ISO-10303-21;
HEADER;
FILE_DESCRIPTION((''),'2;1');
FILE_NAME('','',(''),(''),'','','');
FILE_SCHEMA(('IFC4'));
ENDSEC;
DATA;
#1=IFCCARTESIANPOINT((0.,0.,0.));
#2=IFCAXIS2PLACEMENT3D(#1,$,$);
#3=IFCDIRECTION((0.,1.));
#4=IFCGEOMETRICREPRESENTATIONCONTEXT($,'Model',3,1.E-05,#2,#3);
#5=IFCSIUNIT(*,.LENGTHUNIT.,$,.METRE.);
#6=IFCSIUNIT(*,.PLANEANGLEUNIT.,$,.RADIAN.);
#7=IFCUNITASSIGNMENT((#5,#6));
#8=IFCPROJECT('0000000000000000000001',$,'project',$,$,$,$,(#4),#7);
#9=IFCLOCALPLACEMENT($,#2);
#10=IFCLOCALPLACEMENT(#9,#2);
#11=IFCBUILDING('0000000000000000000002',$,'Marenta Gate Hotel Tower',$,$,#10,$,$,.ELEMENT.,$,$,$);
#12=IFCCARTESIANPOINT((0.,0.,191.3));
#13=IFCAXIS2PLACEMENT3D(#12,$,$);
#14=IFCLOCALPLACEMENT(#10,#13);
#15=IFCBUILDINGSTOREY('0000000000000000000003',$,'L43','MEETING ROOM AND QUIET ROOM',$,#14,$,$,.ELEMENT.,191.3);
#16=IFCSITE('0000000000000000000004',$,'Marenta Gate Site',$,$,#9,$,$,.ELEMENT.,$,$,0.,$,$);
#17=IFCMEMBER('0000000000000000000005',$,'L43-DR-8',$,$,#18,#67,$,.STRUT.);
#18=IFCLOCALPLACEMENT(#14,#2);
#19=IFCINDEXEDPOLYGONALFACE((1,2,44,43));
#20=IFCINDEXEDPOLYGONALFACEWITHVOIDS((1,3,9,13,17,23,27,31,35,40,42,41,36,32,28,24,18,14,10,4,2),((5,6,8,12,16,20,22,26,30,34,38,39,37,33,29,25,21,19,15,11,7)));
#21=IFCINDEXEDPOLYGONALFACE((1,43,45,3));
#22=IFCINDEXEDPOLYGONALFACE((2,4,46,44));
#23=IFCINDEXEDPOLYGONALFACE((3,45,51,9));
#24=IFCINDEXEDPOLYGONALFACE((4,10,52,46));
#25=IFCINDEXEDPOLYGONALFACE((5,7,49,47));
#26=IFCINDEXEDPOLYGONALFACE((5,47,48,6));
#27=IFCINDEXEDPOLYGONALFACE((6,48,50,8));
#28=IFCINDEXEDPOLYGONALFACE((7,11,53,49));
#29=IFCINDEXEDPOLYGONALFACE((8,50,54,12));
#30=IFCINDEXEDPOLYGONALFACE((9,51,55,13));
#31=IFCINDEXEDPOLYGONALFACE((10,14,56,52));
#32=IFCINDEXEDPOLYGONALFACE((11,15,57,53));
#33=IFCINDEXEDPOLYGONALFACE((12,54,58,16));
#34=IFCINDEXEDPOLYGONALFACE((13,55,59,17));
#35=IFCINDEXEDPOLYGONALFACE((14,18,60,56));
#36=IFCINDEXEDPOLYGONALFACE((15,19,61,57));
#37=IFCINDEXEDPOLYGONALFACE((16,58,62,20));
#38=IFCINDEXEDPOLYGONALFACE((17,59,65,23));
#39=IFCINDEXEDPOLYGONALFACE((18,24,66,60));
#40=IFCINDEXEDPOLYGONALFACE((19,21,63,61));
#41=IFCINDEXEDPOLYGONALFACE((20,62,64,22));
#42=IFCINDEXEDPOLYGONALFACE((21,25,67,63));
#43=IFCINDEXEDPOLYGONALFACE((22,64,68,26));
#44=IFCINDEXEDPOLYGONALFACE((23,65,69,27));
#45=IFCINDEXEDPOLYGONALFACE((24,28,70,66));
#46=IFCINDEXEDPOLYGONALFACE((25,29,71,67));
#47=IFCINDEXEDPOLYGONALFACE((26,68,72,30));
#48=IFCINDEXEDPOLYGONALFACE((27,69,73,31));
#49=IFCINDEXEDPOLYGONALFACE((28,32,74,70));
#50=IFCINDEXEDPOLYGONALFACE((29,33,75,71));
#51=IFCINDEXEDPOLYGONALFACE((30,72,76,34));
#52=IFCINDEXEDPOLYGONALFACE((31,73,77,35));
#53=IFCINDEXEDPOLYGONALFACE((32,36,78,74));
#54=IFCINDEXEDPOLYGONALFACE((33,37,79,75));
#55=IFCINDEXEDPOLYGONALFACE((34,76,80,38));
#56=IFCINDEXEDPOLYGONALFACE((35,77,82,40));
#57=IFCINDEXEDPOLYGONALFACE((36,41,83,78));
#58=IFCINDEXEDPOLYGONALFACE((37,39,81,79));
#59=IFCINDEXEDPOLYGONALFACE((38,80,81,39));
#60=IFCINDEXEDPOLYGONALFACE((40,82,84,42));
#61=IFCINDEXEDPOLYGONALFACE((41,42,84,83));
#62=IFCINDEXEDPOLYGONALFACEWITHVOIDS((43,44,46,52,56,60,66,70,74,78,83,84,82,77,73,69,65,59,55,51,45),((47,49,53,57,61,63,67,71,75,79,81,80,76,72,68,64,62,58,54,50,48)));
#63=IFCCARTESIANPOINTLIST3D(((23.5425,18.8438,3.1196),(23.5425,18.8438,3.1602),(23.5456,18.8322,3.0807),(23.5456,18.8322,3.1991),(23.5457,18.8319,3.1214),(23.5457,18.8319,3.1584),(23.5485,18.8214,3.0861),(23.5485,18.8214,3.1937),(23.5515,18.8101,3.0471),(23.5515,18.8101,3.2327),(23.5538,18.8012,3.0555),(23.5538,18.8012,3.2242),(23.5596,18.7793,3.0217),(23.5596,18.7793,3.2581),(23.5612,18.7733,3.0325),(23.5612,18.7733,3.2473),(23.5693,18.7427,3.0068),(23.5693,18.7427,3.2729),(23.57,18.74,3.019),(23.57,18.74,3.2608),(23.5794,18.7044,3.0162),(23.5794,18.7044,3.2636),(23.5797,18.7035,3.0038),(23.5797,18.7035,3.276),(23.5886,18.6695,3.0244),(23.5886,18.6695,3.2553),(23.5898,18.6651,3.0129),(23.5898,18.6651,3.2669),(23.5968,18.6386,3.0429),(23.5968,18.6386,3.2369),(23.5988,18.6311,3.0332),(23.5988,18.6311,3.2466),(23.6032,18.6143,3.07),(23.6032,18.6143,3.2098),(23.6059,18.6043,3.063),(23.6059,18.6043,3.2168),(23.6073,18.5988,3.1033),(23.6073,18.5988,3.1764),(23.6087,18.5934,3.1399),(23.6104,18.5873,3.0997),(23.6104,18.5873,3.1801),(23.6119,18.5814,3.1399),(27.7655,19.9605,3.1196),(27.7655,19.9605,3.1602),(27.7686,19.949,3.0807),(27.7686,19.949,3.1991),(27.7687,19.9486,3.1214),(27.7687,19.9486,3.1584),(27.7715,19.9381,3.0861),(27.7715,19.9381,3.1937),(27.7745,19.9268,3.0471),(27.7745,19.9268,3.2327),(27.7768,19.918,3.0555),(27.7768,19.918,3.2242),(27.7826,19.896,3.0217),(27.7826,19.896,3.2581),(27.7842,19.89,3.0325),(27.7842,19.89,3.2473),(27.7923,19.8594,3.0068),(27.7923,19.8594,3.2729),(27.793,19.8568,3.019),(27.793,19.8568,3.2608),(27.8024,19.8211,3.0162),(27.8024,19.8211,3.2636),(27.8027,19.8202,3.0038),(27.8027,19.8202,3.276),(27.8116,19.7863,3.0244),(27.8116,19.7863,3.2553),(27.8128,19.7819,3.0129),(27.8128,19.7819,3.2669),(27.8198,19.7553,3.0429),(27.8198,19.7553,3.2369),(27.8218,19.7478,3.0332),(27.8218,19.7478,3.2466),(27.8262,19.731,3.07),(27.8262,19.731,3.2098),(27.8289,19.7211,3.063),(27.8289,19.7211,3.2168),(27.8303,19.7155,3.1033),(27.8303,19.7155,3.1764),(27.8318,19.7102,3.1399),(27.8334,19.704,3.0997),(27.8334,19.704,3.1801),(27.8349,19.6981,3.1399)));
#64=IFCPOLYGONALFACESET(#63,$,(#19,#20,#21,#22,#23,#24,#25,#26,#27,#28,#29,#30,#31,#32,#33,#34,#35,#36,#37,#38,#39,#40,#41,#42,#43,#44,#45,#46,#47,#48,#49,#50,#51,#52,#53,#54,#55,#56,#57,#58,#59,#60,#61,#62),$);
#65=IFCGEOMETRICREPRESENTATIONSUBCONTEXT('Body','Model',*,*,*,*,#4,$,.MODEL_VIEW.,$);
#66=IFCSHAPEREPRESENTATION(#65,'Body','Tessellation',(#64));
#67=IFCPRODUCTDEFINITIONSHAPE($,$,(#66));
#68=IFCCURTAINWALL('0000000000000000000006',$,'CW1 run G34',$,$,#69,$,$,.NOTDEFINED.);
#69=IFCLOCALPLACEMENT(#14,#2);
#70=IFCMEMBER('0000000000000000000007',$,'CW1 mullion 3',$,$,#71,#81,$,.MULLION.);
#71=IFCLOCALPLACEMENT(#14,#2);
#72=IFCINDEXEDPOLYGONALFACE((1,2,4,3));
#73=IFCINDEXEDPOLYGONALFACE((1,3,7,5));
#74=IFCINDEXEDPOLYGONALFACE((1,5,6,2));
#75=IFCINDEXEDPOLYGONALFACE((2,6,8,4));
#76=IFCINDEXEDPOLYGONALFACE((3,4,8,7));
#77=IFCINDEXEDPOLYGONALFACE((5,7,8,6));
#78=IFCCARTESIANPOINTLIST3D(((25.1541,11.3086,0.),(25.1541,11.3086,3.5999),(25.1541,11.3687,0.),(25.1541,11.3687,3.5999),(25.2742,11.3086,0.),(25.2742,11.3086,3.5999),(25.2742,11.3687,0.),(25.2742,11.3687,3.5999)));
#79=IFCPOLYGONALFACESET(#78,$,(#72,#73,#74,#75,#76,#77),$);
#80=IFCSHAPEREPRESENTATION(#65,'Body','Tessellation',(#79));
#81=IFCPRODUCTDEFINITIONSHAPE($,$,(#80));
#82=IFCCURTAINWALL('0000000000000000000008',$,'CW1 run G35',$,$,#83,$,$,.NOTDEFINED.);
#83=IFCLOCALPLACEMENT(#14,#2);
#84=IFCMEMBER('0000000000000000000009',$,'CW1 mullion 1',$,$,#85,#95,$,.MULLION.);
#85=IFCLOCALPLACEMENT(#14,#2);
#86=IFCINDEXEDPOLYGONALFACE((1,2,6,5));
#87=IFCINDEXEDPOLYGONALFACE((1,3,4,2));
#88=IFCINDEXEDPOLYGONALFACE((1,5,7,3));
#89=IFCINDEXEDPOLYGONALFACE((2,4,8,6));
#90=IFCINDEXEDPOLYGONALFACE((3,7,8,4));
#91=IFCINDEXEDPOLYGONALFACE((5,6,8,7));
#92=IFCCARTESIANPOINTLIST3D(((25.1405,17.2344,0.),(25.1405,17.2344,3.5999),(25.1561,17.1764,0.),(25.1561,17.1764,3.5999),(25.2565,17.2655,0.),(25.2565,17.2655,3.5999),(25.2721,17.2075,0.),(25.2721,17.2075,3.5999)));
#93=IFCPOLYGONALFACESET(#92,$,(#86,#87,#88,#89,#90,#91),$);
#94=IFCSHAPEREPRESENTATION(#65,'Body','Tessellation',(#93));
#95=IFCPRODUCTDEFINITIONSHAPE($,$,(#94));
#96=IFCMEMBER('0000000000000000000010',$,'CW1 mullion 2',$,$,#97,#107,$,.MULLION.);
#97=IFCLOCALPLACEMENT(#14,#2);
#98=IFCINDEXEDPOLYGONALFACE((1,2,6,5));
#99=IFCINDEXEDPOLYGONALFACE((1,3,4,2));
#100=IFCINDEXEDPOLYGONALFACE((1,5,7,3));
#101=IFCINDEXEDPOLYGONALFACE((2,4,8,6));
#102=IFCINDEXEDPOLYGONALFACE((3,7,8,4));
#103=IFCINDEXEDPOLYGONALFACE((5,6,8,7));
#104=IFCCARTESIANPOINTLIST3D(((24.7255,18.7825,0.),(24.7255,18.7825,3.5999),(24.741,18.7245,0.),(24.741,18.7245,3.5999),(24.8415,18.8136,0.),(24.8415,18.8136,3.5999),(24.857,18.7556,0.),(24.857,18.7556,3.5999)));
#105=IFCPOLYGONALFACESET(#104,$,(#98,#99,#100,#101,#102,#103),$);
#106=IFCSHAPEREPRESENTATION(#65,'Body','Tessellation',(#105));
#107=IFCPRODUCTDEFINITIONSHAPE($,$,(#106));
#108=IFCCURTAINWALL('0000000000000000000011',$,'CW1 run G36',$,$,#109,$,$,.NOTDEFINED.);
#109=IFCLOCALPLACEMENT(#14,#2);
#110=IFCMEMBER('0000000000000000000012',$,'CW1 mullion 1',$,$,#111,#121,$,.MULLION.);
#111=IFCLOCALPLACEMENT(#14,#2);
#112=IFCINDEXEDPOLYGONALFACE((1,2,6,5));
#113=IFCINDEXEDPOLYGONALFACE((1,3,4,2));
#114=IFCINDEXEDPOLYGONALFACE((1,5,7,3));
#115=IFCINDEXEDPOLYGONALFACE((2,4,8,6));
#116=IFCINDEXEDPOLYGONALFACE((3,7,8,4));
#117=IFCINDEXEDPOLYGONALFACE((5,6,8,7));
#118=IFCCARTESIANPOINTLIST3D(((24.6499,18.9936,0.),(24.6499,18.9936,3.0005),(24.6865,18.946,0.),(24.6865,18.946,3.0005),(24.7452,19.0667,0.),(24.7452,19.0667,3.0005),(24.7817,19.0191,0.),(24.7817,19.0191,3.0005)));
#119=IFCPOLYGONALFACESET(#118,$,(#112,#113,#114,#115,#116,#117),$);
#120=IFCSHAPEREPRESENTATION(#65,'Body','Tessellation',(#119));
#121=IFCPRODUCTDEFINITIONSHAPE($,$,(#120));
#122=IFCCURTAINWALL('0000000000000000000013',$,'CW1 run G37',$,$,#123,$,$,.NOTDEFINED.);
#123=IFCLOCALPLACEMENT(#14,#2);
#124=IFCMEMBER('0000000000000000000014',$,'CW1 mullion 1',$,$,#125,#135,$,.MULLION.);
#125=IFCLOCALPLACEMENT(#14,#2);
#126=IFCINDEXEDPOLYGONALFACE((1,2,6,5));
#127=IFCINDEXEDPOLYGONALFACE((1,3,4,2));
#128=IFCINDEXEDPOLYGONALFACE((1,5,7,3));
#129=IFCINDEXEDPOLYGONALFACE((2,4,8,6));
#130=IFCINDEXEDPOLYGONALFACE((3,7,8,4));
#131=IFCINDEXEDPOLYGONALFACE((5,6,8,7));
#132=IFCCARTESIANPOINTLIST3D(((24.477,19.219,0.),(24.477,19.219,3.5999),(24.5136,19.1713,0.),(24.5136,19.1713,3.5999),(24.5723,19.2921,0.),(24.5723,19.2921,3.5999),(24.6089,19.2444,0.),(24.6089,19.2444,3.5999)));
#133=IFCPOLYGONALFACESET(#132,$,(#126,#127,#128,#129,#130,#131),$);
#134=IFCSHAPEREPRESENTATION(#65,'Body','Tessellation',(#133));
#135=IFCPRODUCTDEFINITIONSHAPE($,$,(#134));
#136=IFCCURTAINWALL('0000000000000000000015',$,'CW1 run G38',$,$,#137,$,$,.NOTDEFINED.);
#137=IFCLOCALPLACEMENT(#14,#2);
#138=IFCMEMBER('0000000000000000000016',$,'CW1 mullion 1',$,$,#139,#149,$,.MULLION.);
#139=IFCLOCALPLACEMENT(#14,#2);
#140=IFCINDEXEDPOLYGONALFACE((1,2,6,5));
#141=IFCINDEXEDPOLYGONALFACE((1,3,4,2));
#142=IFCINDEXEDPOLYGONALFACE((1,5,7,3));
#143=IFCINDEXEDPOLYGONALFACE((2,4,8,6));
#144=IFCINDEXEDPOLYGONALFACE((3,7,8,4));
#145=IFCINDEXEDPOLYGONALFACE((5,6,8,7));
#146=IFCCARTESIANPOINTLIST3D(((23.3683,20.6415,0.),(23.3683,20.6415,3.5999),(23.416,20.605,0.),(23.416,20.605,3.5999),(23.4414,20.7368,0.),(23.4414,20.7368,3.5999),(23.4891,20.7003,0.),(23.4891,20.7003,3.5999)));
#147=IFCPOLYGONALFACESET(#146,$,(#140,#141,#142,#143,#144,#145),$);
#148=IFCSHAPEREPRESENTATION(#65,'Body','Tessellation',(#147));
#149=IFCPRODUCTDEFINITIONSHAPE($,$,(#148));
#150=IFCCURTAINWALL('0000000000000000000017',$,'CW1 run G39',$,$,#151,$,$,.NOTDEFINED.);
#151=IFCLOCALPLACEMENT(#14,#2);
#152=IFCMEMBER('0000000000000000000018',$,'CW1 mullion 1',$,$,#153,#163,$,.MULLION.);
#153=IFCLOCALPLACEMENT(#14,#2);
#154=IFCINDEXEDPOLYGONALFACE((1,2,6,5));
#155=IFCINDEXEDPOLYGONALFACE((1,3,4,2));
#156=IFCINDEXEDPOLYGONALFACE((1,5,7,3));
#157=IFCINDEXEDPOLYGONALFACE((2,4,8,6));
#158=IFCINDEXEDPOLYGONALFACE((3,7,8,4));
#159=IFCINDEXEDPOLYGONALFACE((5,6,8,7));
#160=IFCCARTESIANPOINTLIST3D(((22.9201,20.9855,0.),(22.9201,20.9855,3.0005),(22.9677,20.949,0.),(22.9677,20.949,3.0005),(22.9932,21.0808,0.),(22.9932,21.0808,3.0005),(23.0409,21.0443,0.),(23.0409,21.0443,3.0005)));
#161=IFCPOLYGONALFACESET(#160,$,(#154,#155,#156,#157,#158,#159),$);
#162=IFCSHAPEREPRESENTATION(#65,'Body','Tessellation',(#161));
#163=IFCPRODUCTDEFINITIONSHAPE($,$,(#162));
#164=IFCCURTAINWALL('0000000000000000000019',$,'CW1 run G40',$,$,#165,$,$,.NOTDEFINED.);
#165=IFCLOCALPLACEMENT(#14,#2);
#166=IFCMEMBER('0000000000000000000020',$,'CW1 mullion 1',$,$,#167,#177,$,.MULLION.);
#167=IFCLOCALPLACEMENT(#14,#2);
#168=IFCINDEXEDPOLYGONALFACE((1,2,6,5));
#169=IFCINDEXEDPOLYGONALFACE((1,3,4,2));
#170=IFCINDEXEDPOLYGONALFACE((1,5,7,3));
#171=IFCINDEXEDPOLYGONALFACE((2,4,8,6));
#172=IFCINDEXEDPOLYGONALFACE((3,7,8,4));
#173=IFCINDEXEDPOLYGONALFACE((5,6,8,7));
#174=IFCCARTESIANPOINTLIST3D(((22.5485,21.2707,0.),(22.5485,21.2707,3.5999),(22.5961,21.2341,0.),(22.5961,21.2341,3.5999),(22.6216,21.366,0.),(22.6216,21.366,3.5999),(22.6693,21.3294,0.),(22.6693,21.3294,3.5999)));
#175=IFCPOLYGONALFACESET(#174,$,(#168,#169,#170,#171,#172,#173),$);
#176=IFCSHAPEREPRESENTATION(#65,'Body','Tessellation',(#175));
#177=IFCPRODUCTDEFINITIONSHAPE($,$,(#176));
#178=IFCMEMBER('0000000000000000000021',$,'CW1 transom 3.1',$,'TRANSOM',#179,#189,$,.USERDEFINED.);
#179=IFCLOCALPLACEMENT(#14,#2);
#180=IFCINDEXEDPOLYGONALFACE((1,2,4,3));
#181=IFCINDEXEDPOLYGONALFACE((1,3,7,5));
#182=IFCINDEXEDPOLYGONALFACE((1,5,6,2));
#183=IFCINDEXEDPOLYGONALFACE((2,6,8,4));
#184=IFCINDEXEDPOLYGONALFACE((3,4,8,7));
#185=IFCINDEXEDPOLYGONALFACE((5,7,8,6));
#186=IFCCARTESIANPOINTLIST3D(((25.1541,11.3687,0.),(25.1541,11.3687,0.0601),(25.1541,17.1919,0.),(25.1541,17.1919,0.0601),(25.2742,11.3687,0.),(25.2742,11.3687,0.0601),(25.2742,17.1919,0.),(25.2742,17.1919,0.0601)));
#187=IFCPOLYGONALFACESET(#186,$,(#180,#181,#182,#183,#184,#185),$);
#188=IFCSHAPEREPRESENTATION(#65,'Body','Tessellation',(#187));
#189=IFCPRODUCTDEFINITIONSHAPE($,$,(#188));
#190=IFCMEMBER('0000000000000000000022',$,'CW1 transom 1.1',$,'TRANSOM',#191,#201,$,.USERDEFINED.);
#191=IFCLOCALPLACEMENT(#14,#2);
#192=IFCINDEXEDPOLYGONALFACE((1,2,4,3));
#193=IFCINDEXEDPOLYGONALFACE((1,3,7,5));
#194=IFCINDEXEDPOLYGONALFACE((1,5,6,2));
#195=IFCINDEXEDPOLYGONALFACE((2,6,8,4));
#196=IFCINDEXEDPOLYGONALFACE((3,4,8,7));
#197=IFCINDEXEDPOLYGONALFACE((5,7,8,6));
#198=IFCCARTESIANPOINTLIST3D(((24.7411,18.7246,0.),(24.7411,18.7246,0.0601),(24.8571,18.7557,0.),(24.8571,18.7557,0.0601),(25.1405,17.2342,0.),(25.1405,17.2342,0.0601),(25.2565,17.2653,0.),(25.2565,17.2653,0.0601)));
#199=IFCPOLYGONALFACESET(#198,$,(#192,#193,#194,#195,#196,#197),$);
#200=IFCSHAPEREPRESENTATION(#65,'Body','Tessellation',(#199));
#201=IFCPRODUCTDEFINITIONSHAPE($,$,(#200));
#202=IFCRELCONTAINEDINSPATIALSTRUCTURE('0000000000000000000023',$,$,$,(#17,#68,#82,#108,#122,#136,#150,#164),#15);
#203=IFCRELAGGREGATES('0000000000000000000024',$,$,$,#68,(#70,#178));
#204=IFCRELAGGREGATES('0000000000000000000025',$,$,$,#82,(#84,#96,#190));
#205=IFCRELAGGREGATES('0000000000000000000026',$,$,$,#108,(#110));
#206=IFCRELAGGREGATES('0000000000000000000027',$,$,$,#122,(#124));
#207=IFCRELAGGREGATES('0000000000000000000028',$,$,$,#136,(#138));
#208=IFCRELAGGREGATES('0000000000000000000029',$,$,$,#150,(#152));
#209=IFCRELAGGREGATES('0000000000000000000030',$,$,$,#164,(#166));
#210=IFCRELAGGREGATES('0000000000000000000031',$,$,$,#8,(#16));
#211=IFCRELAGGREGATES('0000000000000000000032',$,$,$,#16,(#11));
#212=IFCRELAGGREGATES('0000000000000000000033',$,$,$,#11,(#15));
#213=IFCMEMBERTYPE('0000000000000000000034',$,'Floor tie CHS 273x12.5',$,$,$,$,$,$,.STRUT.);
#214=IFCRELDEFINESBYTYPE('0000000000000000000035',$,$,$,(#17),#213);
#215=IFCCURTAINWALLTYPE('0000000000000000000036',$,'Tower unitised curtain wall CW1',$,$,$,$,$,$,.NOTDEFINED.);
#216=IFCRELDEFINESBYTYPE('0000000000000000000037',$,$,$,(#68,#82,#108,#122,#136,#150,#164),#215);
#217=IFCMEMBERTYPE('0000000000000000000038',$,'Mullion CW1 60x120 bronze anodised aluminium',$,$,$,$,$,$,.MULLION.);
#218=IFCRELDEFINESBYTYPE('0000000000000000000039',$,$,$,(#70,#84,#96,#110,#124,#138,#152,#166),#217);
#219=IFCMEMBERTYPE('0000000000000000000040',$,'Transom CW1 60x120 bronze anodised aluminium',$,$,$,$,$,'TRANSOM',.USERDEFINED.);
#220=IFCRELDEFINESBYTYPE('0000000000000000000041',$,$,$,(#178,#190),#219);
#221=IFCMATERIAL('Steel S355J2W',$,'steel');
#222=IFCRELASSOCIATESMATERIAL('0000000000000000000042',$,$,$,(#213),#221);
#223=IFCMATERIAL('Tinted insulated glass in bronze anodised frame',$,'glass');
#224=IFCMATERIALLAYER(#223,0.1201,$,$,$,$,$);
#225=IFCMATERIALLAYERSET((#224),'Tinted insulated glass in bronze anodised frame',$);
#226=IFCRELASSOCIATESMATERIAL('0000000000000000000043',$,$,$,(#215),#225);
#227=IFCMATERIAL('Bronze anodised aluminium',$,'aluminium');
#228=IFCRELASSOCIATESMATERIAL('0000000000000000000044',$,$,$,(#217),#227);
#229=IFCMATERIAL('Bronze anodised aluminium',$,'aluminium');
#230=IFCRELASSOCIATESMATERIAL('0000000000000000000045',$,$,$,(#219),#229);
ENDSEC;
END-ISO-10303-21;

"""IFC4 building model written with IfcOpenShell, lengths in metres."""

from ifc_helpers import new_model, si_unit, direction, frame, origin, origin_2d, place, context, subcontext, project, spatial, rectangle, hollow_circle, extrude, material, layer, layer_set, material_profile, profile_set, type_object, element, aggregate, save


model = new_model("IFC4")

# Units and contexts
model_context = context("Model", 3, precision=1e-05, world=origin(), true_north=direction((0.0, 1.0)))
body_context = subcontext(model_context, "Body", "Model", "MODEL_VIEW")
ifc_project = project(units=[si_unit("LENGTHUNIT", "METRE"), si_unit("PLANEANGLEUNIT", "RADIAN")], contexts=[model_context])

# Site, building, storey
site_placement = place(None, origin())
site = spatial("IfcSite", under=ifc_project, at=site_placement, Name="Marenta Gate Site", CompositionType="ELEMENT", RefElevation=0.0)
building_placement = place(site_placement, origin())
building = spatial("IfcBuilding", under=site, at=building_placement, Name="Marenta Gate Hotel Tower", CompositionType="ELEMENT")
storey_placement = place(building_placement, frame((0.0, 0.0, 191.3)))
storey = spatial("IfcBuildingStorey", under=building, at=storey_placement, Name="L43", Description="MEETING ROOM AND QUIET ROOM", CompositionType="ELEMENT", Elevation=191.3)

# Member
ifc_material_1 = material(Name="Steel S355J2W", Category="steel")
ifc_material_profile_1 = material_profile(ifc_material_1, hollow_circle(Radius=0.1365, WallThickness=0.0125, at=origin_2d()), Name="CHS 273x12.5")
ifc_profile_set_1 = profile_set([ifc_material_profile_1], Name="Steel S355J2W")
member_type_1 = type_object("IfcMemberType", Name="Floor tie CHS 273x12.5", PredefinedType="STRUT", material=ifc_profile_set_1)
member_1_placement = place(storey_placement, frame((27.8, 19.8301, 3.1399), z_axis=(-0.966769, -0.255651, 0.0), x_axis=(0.255651, -0.966769, 0.0)))
element("IfcMember", 1, at=member_1_placement, inside=storey, type_object=member_type_1, Name="L43-DR-8", PredefinedType="STRUT", context=body_context, shape_type="SweptSolid", body=[
    extrude(hollow_circle(Radius=0.1365, WallThickness=0.0125, at=origin_2d()), origin(), (0.0, 0.0, 1.0), 4.3682),
])

# Curtain wall, member
ifc_material_2 = material(Name="Tinted insulated glass in bronze anodised frame", Category="glass")
ifc_layer_1 = layer(ifc_material_2, 0.1201)
ifc_layer_set_1 = layer_set([ifc_layer_1], Name="Tinted insulated glass in bronze anodised frame")
curtain_wall_type = type_object("IfcCurtainWallType", Name="Tower unitised curtain wall CW1", PredefinedType="NOTDEFINED", material=ifc_layer_set_1)
curtain_wall_1_placement = place(storey_placement, origin())
curtain_wall_1 = element("IfcCurtainWall", 2, at=curtain_wall_1_placement, inside=storey, type_object=curtain_wall_type, Name="CW1 run G34", PredefinedType="NOTDEFINED")
ifc_material_3 = material(Name="Bronze anodised aluminium", Category="aluminium")
ifc_material_profile_2 = material_profile(ifc_material_3, rectangle(XDim=0.1201, YDim=0.0601, at=origin_2d()), Name="Mullion CW1 60x120 bronze anodised aluminium")
ifc_profile_set_2 = profile_set([ifc_material_profile_2], Name="Bronze anodised aluminium")
member_type_2 = type_object("IfcMemberType", Name="Mullion CW1 60x120 bronze anodised aluminium", PredefinedType="MULLION", material=ifc_profile_set_2)
member_2_placement = place(storey_placement, frame((25.2141, 11.3386, 0.0), z_axis=(0.0, 0.0, 1.0), x_axis=(-1.0, 0.0, 0.0)))
member_2 = element("IfcMember", 3, at=member_2_placement, type_object=member_type_2, Name="CW1 mullion 3", PredefinedType="MULLION", context=body_context, shape_type="SweptSolid", body=[
    extrude(rectangle(XDim=0.1201, YDim=0.0601, at=origin_2d()), origin(), (0.0, 0.0, 1.0), 3.5999),
])

# Curtain wall, members
curtain_wall_2_placement = place(storey_placement, origin())
curtain_wall_2 = element("IfcCurtainWall", 4, at=curtain_wall_2_placement, inside=storey, type_object=curtain_wall_type, Name="CW1 run G35", PredefinedType="NOTDEFINED")
member_3_placement = place(storey_placement, frame((25.2063, 17.2209, 0.0), z_axis=(0.0, 0.0, 1.0), x_axis=(-0.965923, -0.25883, 0.0)))
member_3 = element("IfcMember", 5, at=member_3_placement, type_object=member_type_2, Name="CW1 mullion 1", PredefinedType="MULLION", context=body_context, shape_type="SweptSolid", body=[
    extrude(rectangle(XDim=0.1201, YDim=0.0601, at=origin_2d()), origin(), (0.0, 0.0, 1.0), 3.5999),
])
member_4_placement = place(storey_placement, frame((24.7913, 18.769, 0.0), z_axis=(0.0, 0.0, 1.0), x_axis=(-0.965923, -0.25883, 0.0)))
member_4 = element("IfcMember", 6, at=member_4_placement, type_object=member_type_2, Name="CW1 mullion 2", PredefinedType="MULLION", context=body_context, shape_type="SweptSolid", body=[
    extrude(rectangle(XDim=0.1201, YDim=0.0601, at=origin_2d()), origin(), (0.0, 0.0, 1.0), 3.5999),
])

# Curtain walls, members
curtain_wall_3_placement = place(storey_placement, origin())
curtain_wall_3 = element("IfcCurtainWall", 7, at=curtain_wall_3_placement, inside=storey, type_object=curtain_wall_type, Name="CW1 run G36", PredefinedType="NOTDEFINED")
member_5_placement = place(storey_placement, frame((24.7158, 19.0063, 0.0), z_axis=(0.0, 0.0, 1.0), x_axis=(-0.793317, -0.608808, 0.0)))
member_5 = element("IfcMember", 8, at=member_5_placement, type_object=member_type_2, Name="CW1 mullion 1", PredefinedType="MULLION", context=body_context, shape_type="SweptSolid", body=[
    extrude(rectangle(XDim=0.1201, YDim=0.0601, at=origin_2d()), origin(), (0.0, 0.0, 1.0), 3.0005),
])
curtain_wall_4_placement = place(storey_placement, origin())
curtain_wall_4 = element("IfcCurtainWall", 9, at=curtain_wall_4_placement, inside=storey, type_object=curtain_wall_type, Name="CW1 run G37", PredefinedType="NOTDEFINED")
member_6_placement = place(storey_placement, frame((24.543, 19.2317, 0.0), z_axis=(0.0, 0.0, 1.0), x_axis=(-0.793336, -0.608784, 0.0)))
member_6 = element("IfcMember", 10, at=member_6_placement, type_object=member_type_2, Name="CW1 mullion 1", PredefinedType="MULLION", context=body_context, shape_type="SweptSolid", body=[
    extrude(rectangle(XDim=0.1201, YDim=0.0601, at=origin_2d()), origin(), (0.0, 0.0, 1.0), 3.5999),
])
curtain_wall_5_placement = place(storey_placement, origin())
curtain_wall_5 = element("IfcCurtainWall", 11, at=curtain_wall_5_placement, inside=storey, type_object=curtain_wall_type, Name="CW1 run G38", PredefinedType="NOTDEFINED")
member_7_placement = place(storey_placement, frame((23.4287, 20.6709, 0.0), z_axis=(0.0, 0.0, 1.0), x_axis=(-0.60877, -0.793347, 0.0)))
member_7 = element("IfcMember", 12, at=member_7_placement, type_object=member_type_2, Name="CW1 mullion 1", PredefinedType="MULLION", context=body_context, shape_type="SweptSolid", body=[
    extrude(rectangle(XDim=0.1201, YDim=0.0601, at=origin_2d()), origin(), (0.0, 0.0, 1.0), 3.5999),
])
curtain_wall_6_placement = place(storey_placement, origin())
curtain_wall_6 = element("IfcCurtainWall", 13, at=curtain_wall_6_placement, inside=storey, type_object=curtain_wall_type, Name="CW1 run G39", PredefinedType="NOTDEFINED")
member_8_placement = place(storey_placement, frame((22.9805, 21.0149, 0.0), z_axis=(0.0, 0.0, 1.0), x_axis=(-0.608844, -0.79329, 0.0)))
member_8 = element("IfcMember", 14, at=member_8_placement, type_object=member_type_2, Name="CW1 mullion 1", PredefinedType="MULLION", context=body_context, shape_type="SweptSolid", body=[
    extrude(rectangle(XDim=0.1201, YDim=0.0601, at=origin_2d()), origin(), (0.0, 0.0, 1.0), 3.0005),
])
curtain_wall_7_placement = place(storey_placement, origin())
curtain_wall_7 = element("IfcCurtainWall", 15, at=curtain_wall_7_placement, inside=storey, type_object=curtain_wall_type, Name="CW1 run G40", PredefinedType="NOTDEFINED")
member_9_placement = place(storey_placement, frame((22.6089, 21.3, 0.0), z_axis=(0.0, 0.0, 1.0), x_axis=(-0.608772, -0.793345, 0.0)))
member_9 = element("IfcMember", 16, at=member_9_placement, type_object=member_type_2, Name="CW1 mullion 1", PredefinedType="MULLION", context=body_context, shape_type="SweptSolid", body=[
    extrude(rectangle(XDim=0.1201, YDim=0.0601, at=origin_2d()), origin(), (0.0, 0.0, 1.0), 3.5999),
])

# Members
ifc_material_4 = material(Name="Bronze anodised aluminium", Category="aluminium")
ifc_material_profile_3 = material_profile(ifc_material_4, rectangle(XDim=0.1201, YDim=0.0601, at=origin_2d()), Name="Transom CW1 60x120 bronze anodised aluminium")
ifc_profile_set_3 = profile_set([ifc_material_profile_3], Name="Bronze anodised aluminium")
member_type_3 = type_object("IfcMemberType", Name="Transom CW1 60x120 bronze anodised aluminium", ElementType="TRANSOM", PredefinedType="USERDEFINED", material=ifc_profile_set_3)
member_10_placement = place(storey_placement, frame((25.2141, 11.3687, 0.03), z_axis=(0.0, 1.0, 0.0), x_axis=(-1.0, 0.0, 0.0)))
member_10 = element("IfcMember", 17, at=member_10_placement, type_object=member_type_3, Name="CW1 transom 3.1", ObjectType="TRANSOM", PredefinedType="USERDEFINED", context=body_context, shape_type="SweptSolid", body=[
    extrude(rectangle(XDim=0.1201, YDim=0.0601, at=origin_2d()), origin(), (0.0, 0.0, 1.0), 5.8232),
])
member_11_placement = place(storey_placement, frame((25.1985, 17.2498, 0.03), z_axis=(-0.258844, 0.965919, 0.0), x_axis=(-0.965919, -0.258844, 0.0)))
member_11 = element("IfcMember", 18, at=member_11_placement, type_object=member_type_3, Name="CW1 transom 1.1", ObjectType="TRANSOM", PredefinedType="USERDEFINED", context=body_context, shape_type="SweptSolid", body=[
    extrude(rectangle(XDim=0.1201, YDim=0.0601, at=origin_2d()), origin(), (0.0, 0.0, 1.0), 1.543),
])

aggregate(curtain_wall_1, [member_2, member_10])
aggregate(curtain_wall_2, [member_3, member_4, member_11])
aggregate(curtain_wall_3, [member_5])
aggregate(curtain_wall_4, [member_6])
aggregate(curtain_wall_5, [member_7])
aggregate(curtain_wall_6, [member_8])
aggregate(curtain_wall_7, [member_9])

save(model, "model.ifc")
